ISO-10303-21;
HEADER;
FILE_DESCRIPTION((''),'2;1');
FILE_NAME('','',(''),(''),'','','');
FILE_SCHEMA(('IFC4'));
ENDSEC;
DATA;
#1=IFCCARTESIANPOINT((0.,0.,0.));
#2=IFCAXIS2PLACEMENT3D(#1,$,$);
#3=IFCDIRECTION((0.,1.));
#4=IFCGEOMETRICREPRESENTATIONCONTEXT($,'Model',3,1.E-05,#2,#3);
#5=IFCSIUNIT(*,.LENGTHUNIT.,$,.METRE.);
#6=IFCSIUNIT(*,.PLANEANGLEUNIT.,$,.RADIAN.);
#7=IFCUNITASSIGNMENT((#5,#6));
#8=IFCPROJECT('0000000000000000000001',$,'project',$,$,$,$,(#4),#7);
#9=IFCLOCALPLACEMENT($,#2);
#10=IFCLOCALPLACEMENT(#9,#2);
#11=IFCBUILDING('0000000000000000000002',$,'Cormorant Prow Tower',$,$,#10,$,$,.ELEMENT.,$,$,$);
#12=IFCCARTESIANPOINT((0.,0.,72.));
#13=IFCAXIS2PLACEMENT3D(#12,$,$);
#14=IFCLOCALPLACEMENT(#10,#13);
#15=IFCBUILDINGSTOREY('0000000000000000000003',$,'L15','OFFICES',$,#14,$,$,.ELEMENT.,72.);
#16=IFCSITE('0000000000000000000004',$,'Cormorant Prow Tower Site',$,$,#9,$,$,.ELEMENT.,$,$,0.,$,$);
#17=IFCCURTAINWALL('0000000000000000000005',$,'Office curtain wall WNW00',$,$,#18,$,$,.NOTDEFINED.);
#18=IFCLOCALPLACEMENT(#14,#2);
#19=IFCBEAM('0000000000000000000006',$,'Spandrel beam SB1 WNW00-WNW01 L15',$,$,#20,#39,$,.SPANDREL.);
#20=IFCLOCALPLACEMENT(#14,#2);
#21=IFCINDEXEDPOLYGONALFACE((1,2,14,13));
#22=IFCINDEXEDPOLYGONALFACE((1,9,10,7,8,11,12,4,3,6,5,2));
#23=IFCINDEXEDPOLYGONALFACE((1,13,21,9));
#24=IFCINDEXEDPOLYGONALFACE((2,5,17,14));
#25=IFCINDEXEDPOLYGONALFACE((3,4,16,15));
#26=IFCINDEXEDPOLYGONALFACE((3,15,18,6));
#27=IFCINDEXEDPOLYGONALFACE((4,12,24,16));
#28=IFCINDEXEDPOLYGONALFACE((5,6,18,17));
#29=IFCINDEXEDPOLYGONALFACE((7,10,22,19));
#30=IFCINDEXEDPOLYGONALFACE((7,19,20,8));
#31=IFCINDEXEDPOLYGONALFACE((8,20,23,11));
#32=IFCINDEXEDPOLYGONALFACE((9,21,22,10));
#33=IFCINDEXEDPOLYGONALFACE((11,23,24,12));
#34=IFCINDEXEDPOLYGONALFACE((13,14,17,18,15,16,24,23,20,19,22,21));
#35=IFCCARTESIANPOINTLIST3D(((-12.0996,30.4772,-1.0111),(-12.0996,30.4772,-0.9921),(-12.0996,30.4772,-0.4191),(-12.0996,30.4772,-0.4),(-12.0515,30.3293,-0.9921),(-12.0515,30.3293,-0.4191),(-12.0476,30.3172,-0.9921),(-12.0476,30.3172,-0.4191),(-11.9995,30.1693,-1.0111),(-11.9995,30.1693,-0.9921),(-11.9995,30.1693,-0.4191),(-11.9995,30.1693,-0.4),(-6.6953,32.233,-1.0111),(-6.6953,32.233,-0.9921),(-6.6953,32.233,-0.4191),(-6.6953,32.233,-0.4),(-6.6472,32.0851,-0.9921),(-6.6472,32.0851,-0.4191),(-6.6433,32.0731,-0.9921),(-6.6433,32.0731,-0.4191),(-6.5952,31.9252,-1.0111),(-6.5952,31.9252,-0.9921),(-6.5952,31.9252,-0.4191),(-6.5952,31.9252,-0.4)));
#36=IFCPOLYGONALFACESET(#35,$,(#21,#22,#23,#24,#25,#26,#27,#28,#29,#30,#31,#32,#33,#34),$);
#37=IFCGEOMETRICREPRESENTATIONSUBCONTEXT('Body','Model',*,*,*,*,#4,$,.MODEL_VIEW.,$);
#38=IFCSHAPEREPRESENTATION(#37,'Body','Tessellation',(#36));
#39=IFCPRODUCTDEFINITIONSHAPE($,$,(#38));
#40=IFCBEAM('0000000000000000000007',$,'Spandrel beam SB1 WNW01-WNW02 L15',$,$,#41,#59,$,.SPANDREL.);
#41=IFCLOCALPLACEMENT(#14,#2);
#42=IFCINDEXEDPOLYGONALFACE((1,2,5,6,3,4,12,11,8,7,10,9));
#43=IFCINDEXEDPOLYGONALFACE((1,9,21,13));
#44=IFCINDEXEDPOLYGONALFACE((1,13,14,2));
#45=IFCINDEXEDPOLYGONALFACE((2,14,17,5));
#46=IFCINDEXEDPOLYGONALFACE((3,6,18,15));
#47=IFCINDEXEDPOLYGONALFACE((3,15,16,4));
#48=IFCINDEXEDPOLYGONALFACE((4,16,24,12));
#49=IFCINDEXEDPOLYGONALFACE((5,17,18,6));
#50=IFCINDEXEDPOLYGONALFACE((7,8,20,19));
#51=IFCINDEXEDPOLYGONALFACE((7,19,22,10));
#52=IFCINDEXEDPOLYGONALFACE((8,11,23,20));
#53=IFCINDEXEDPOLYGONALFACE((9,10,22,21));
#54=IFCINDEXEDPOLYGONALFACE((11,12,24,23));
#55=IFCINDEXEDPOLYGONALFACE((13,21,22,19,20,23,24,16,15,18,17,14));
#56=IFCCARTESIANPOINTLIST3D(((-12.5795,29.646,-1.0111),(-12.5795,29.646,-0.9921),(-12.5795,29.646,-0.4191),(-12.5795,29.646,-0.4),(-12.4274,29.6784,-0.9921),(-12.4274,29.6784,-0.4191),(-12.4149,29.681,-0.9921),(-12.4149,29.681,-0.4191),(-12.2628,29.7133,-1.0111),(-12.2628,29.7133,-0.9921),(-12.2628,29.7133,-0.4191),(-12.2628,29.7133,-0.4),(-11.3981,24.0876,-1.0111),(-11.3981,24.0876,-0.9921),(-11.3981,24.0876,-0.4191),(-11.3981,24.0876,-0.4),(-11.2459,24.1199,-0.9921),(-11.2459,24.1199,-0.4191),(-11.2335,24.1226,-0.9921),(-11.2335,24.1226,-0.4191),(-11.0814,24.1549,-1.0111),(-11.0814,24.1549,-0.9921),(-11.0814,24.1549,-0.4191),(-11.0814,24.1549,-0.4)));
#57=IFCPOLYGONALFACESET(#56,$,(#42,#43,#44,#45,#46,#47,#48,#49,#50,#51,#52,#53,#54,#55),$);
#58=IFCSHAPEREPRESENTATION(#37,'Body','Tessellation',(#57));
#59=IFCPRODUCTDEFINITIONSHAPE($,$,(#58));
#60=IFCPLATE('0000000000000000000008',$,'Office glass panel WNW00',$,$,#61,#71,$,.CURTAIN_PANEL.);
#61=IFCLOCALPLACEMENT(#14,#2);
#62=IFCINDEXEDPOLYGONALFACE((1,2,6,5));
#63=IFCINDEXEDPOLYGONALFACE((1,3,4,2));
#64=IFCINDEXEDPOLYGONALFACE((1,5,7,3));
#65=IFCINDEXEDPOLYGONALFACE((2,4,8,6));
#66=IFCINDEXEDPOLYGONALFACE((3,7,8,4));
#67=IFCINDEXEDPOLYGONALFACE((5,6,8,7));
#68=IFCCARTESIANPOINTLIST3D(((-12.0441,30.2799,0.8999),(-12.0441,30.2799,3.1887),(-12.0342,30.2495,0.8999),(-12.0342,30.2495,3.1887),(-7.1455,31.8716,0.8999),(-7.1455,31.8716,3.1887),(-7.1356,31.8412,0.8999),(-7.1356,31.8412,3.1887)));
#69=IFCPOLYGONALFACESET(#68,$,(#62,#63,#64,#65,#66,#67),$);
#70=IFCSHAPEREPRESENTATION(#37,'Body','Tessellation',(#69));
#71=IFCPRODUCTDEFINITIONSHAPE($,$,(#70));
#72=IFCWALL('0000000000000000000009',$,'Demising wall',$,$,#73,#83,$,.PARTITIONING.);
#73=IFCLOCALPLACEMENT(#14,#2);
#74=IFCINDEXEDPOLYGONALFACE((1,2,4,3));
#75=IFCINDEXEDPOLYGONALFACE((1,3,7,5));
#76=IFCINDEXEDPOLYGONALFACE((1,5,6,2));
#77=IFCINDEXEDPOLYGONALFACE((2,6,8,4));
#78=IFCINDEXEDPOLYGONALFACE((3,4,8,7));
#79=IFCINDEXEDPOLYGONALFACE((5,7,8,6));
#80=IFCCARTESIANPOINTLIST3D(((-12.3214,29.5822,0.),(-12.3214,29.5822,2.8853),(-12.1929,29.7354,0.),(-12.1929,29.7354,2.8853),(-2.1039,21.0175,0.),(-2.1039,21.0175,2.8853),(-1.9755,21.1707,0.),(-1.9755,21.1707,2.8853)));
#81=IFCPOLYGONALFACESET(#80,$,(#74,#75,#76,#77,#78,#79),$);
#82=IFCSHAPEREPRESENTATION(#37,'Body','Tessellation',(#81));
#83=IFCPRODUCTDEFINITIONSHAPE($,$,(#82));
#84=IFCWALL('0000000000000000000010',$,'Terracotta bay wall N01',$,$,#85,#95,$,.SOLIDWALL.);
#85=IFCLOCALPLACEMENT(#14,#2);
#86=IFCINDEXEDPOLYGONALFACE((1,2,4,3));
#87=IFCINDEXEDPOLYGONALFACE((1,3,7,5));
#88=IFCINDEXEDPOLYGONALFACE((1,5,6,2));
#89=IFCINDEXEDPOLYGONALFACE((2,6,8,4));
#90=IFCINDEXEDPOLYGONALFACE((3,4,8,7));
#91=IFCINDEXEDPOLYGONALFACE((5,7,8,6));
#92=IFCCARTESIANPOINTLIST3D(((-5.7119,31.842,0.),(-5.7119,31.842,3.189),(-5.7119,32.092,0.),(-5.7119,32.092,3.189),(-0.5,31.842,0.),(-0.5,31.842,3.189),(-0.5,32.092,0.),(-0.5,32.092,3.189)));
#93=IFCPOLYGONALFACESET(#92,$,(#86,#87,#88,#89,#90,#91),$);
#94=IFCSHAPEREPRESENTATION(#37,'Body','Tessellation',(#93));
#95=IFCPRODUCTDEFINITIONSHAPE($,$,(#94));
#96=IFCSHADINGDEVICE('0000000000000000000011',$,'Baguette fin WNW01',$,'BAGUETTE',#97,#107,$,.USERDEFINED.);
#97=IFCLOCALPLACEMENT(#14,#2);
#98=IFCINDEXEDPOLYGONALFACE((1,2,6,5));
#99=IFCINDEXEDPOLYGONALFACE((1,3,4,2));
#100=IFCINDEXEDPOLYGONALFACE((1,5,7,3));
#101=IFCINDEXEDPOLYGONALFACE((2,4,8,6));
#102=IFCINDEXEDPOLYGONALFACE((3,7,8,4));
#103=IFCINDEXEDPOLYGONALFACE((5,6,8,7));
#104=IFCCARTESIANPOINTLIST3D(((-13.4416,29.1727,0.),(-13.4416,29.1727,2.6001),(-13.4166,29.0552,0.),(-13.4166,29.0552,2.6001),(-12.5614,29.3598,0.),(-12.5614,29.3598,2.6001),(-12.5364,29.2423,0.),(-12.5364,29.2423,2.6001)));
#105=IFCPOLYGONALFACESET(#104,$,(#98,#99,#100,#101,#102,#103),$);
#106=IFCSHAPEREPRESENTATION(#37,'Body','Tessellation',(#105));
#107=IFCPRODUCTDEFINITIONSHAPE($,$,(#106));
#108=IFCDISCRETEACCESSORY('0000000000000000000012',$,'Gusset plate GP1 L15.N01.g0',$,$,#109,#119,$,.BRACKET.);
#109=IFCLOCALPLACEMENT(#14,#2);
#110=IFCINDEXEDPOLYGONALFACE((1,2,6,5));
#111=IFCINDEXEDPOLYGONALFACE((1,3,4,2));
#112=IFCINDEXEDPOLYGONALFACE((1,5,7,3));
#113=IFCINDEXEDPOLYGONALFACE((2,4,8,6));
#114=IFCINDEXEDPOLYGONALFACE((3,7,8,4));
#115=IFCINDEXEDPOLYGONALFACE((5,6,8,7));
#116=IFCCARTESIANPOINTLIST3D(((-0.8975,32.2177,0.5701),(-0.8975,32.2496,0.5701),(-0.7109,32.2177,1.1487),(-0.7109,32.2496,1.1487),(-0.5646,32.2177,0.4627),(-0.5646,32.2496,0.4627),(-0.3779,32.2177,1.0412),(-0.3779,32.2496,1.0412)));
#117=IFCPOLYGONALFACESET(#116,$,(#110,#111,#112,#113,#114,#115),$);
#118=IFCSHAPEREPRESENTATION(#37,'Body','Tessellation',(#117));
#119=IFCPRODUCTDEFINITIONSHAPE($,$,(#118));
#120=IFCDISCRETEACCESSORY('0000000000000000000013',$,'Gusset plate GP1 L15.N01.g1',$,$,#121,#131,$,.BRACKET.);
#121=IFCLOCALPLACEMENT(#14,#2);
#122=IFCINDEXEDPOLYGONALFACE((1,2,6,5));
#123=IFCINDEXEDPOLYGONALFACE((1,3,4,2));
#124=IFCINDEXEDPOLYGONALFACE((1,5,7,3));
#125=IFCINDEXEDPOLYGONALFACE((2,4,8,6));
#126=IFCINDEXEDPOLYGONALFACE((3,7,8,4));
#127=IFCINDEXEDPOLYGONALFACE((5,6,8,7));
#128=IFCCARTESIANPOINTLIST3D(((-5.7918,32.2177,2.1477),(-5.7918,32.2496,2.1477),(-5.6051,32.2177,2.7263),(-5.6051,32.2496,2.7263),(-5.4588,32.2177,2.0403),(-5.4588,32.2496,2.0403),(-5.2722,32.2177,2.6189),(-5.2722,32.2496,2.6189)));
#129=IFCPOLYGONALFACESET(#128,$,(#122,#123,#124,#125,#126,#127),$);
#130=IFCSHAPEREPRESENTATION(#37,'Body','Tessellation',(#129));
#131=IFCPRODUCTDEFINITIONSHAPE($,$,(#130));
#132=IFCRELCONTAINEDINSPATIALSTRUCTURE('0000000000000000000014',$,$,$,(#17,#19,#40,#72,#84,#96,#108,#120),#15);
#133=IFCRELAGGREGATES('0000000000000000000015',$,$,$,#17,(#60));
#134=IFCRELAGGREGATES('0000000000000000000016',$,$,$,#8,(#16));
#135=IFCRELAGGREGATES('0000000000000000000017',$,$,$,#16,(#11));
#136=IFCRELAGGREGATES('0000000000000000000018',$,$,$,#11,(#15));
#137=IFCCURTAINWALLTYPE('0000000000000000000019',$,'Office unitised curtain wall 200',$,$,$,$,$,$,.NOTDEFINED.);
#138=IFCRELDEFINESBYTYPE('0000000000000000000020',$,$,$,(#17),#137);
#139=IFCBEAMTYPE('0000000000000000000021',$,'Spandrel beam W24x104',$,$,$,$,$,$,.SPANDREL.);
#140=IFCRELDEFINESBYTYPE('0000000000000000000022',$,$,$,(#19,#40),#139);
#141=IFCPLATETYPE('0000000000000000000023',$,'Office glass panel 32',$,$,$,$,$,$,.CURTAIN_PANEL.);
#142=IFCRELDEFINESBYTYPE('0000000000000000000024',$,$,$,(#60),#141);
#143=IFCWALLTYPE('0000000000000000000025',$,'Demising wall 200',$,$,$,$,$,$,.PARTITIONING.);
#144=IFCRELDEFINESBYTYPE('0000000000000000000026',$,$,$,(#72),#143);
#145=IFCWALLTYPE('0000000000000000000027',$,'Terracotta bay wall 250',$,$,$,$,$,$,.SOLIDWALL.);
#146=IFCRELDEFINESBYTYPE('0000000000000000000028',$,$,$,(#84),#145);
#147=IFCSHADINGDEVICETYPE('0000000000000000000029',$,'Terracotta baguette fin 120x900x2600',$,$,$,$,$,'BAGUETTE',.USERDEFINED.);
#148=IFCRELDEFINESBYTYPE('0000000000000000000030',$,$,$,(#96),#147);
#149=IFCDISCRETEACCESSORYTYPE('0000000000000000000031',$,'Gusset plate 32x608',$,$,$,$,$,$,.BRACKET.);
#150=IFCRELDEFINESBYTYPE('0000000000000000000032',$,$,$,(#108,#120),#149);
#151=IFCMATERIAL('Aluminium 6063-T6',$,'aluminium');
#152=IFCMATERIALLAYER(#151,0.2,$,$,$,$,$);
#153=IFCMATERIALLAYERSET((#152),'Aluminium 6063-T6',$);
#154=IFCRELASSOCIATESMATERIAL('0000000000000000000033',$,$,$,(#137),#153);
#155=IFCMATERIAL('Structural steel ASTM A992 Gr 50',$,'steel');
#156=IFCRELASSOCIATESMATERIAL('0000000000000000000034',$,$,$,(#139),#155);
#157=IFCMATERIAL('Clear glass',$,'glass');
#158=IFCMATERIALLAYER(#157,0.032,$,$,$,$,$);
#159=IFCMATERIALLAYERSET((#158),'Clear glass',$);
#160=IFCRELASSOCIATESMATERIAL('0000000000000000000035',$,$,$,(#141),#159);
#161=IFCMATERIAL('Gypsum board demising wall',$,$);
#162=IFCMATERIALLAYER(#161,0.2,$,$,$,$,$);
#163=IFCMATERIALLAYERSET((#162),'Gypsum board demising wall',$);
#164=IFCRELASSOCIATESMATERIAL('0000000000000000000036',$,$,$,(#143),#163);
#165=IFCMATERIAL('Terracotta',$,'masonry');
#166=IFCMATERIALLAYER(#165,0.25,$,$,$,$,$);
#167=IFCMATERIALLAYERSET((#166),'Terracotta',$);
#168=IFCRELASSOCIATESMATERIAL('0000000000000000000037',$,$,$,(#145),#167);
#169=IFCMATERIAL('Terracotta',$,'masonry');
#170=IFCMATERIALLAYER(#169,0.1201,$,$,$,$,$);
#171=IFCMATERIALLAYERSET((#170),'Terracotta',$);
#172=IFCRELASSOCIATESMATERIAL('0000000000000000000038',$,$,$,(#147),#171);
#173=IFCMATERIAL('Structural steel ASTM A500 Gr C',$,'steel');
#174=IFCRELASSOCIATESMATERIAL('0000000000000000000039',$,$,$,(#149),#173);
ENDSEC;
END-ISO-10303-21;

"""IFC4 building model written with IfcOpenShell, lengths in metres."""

from ifc_helpers import new_model, si_unit, direction, frame, frame_2d, origin, origin_2d, place, context, subcontext, project, spatial, rectangle, i_section, extrude, material, layer, layer_set, material_profile, profile_set, type_object, element, aggregate, save


model = new_model("IFC4")

# Units and contexts
model_context = context("Model", 3, precision=1e-05, world=origin(), true_north=direction((0.0, 1.0)))
body_context = subcontext(model_context, "Body", "Model", "MODEL_VIEW")
ifc_project = project(units=[si_unit("LENGTHUNIT", "METRE"), si_unit("PLANEANGLEUNIT", "RADIAN")], contexts=[model_context])

# Site, building, storey
site_placement = place(None, origin())
site = spatial("IfcSite", under=ifc_project, at=site_placement, Name="Cormorant Prow Tower Site", CompositionType="ELEMENT", RefElevation=0.0)
building_placement = place(site_placement, origin())
building = spatial("IfcBuilding", under=site, at=building_placement, Name="Cormorant Prow Tower", CompositionType="ELEMENT")
storey_placement = place(building_placement, frame((0.0, 0.0, 72.0)))
storey = spatial("IfcBuildingStorey", under=building, at=storey_placement, Name="L15", Description="OFFICES", CompositionType="ELEMENT", Elevation=72.0)

# Curtain wall
ifc_material_1 = material(Name="Aluminium 6063-T6", Category="aluminium")
ifc_layer_1 = layer(ifc_material_1, 0.2)
ifc_layer_set_1 = layer_set([ifc_layer_1], Name="Aluminium 6063-T6")
curtain_wall_type = type_object("IfcCurtainWallType", Name="Office unitised curtain wall 200", PredefinedType="NOTDEFINED", material=ifc_layer_set_1)
curtain_wall_placement = place(storey_placement, origin())
curtain_wall = element("IfcCurtainWall", 1, at=curtain_wall_placement, inside=storey, type_object=curtain_wall_type, Name="Office curtain wall WNW00", PredefinedType="NOTDEFINED")

# Beams
ifc_material_2 = material(Name="Structural steel ASTM A992 Gr 50", Category="steel")
ifc_material_profile_1 = material_profile(ifc_material_2, i_section(OverallWidth=0.3237, OverallDepth=0.6111, WebThickness=0.0127, FlangeThickness=0.019, at=origin_2d()), Name="W24x104")
ifc_profile_set_1 = profile_set([ifc_material_profile_1], Name="Structural steel ASTM A992 Gr 50")
beam_type_1 = type_object("IfcBeamType", Name="Spandrel beam W24x104", PredefinedType="SPANDREL", material=ifc_profile_set_1)
beam_1_placement = place(storey_placement, frame((-6.6453, 32.0791, -0.7056), z_axis=(-0.951062, -0.309001, 0.0), x_axis=(0.309001, -0.951062, 0.0)))
element("IfcBeam", 2, at=beam_1_placement, inside=storey, type_object=beam_type_1, Name="Spandrel beam SB1 WNW00-WNW01 L15", PredefinedType="SPANDREL", context=body_context, shape_type="SweptSolid", body=[
    extrude(i_section(OverallWidth=0.3237, OverallDepth=0.6111, WebThickness=0.0127, FlangeThickness=0.019, at=origin_2d()), origin(), (0.0, 0.0, 1.0), 5.6824),
])
beam_2_placement = place(storey_placement, frame((-12.4211, 29.6797, -0.7056), z_axis=(0.2079, -0.97815, 0.0), x_axis=(0.97815, 0.2079, 0.0)))
element("IfcBeam", 3, at=beam_2_placement, inside=storey, type_object=beam_type_1, Name="Spandrel beam SB1 WNW01-WNW02 L15", PredefinedType="SPANDREL", context=body_context, shape_type="SweptSolid", body=[
    extrude(i_section(OverallWidth=0.3237, OverallDepth=0.6111, WebThickness=0.0127, FlangeThickness=0.019, at=origin_2d()), origin(), (0.0, 0.0, 1.0), 5.6826),
])

# Plate
ifc_material_3 = material(Name="Clear glass", Category="glass")
ifc_layer_2 = layer(ifc_material_3, 0.032)
ifc_layer_set_2 = layer_set([ifc_layer_2], Name="Clear glass")
plate_type = type_object("IfcPlateType", Name="Office glass panel 32", PredefinedType="CURTAIN_PANEL", material=ifc_layer_set_2)
plate_placement = place(storey_placement, frame((-9.5898, 31.0605, 0.8999), z_axis=(0.0, 0.0, 1.0), x_axis=(-0.951057, -0.309017, 0.0)))
plate = element("IfcPlate", 4, at=plate_placement, type_object=plate_type, Name="Office glass panel WNW00", PredefinedType="CURTAIN_PANEL", context=body_context, shape_type="SweptSolid", body=[
    extrude(rectangle(XDim=5.1506, YDim=0.032, at=origin_2d()), origin(), (0.0, 0.0, 1.0), 2.2888),
])
aggregate(curtain_wall, [plate])

# Walls
ifc_material_4 = material(Name="Gypsum board demising wall")
ifc_layer_3 = layer(ifc_material_4, 0.2)
ifc_layer_set_3 = layer_set([ifc_layer_3], Name="Gypsum board demising wall")
wall_type_1 = type_object("IfcWallType", Name="Demising wall 200", PredefinedType="PARTITIONING", material=ifc_layer_set_3)
wall_1_placement = place(storey_placement, frame((-12.2571, 29.6587, 0.0), z_axis=(0.0, 0.0, 1.0), x_axis=(0.76637, -0.642399, 0.0)))
element("IfcWall", 5, at=wall_1_placement, inside=storey, type_object=wall_type_1, Name="Demising wall", PredefinedType="PARTITIONING", context=body_context, shape_type="SweptSolid", body=[
    extrude(rectangle(XDim=13.3323, YDim=0.2, at=frame_2d((6.666, 0.0))), origin(), (0.0, 0.0, 1.0), 2.8853),
])
ifc_material_5 = material(Name="Terracotta", Category="masonry")
ifc_layer_4 = layer(ifc_material_5, 0.25)
ifc_layer_set_4 = layer_set([ifc_layer_4], Name="Terracotta")
wall_type_2 = type_object("IfcWallType", Name="Terracotta bay wall 250", PredefinedType="SOLIDWALL", material=ifc_layer_set_4)
wall_2_placement = place(storey_placement, frame((-0.5, 31.967, 0.0), z_axis=(0.0, 0.0, 1.0), x_axis=(-1.0, 0.0, 0.0)))
element("IfcWall", 6, at=wall_2_placement, inside=storey, type_object=wall_type_2, Name="Terracotta bay wall N01", PredefinedType="SOLIDWALL", context=body_context, shape_type="SweptSolid", body=[
    extrude(rectangle(XDim=5.2119, YDim=0.25, at=frame_2d((2.606, 0.0))), origin(), (0.0, 0.0, 1.0), 3.189),
])

# Shading device
ifc_material_6 = material(Name="Terracotta", Category="masonry")
ifc_layer_5 = layer(ifc_material_6, 0.1201)
ifc_layer_set_5 = layer_set([ifc_layer_5], Name="Terracotta")
shading_device_type = type_object("IfcShadingDeviceType", Name="Terracotta baguette fin 120x900x2600", ElementType="BAGUETTE", PredefinedType="USERDEFINED", material=ifc_layer_set_5)
shading_device_placement = place(storey_placement, frame((-12.989, 29.2075, 0.0), z_axis=(0.0, 0.0, 1.0), x_axis=(0.207912, -0.978148, 0.0)))
element("IfcShadingDevice", 7, at=shading_device_placement, inside=storey, type_object=shading_device_type, Name="Baguette fin WNW01", ObjectType="BAGUETTE", PredefinedType="USERDEFINED", context=body_context, shape_type="SweptSolid", body=[
    extrude(rectangle(XDim=0.1201, YDim=0.8999, at=origin_2d()), origin(), (0.0, 0.0, 1.0), 2.6001),
])

# Discrete accessories
ifc_material_7 = material(Name="Structural steel ASTM A500 Gr C", Category="steel")
ifc_material_profile_2 = material_profile(ifc_material_7, rectangle(XDim=0.032, YDim=0.6079, at=origin_2d()), Name="Gusset plate 32x608")
ifc_profile_set_2 = profile_set([ifc_material_profile_2], Name="Structural steel ASTM A500 Gr C")
discrete_accessory_type = type_object("IfcDiscreteAccessoryType", Name="Gusset plate 32x608", PredefinedType="BRACKET", material=ifc_profile_set_2)
for number, where, z_axis, x_axis, name in (
    (8, (-0.8042, 32.2336, 0.8594), (0.951709, 0.0, -0.307003), (0.0, 1.0, 0.0), "Gusset plate GP1 L15.N01.g0"),
    (9, (-5.3655, 32.2336, 2.3296), (-0.951709, 0.0, 0.307003), (0.0, -1.0, 0.0), "Gusset plate GP1 L15.N01.g1"),
):
    element("IfcDiscreteAccessory", number, at=place(storey_placement, frame(where, z_axis=z_axis, x_axis=x_axis)), inside=storey, type_object=discrete_accessory_type, Name=name, PredefinedType="BRACKET", context=body_context, shape_type="SweptSolid", body=[
        extrude(rectangle(XDim=0.032, YDim=0.6079, at=origin_2d()), origin(), (0.0, 0.0, 1.0), 0.3499),
    ])

save(model, "model.ifc")
